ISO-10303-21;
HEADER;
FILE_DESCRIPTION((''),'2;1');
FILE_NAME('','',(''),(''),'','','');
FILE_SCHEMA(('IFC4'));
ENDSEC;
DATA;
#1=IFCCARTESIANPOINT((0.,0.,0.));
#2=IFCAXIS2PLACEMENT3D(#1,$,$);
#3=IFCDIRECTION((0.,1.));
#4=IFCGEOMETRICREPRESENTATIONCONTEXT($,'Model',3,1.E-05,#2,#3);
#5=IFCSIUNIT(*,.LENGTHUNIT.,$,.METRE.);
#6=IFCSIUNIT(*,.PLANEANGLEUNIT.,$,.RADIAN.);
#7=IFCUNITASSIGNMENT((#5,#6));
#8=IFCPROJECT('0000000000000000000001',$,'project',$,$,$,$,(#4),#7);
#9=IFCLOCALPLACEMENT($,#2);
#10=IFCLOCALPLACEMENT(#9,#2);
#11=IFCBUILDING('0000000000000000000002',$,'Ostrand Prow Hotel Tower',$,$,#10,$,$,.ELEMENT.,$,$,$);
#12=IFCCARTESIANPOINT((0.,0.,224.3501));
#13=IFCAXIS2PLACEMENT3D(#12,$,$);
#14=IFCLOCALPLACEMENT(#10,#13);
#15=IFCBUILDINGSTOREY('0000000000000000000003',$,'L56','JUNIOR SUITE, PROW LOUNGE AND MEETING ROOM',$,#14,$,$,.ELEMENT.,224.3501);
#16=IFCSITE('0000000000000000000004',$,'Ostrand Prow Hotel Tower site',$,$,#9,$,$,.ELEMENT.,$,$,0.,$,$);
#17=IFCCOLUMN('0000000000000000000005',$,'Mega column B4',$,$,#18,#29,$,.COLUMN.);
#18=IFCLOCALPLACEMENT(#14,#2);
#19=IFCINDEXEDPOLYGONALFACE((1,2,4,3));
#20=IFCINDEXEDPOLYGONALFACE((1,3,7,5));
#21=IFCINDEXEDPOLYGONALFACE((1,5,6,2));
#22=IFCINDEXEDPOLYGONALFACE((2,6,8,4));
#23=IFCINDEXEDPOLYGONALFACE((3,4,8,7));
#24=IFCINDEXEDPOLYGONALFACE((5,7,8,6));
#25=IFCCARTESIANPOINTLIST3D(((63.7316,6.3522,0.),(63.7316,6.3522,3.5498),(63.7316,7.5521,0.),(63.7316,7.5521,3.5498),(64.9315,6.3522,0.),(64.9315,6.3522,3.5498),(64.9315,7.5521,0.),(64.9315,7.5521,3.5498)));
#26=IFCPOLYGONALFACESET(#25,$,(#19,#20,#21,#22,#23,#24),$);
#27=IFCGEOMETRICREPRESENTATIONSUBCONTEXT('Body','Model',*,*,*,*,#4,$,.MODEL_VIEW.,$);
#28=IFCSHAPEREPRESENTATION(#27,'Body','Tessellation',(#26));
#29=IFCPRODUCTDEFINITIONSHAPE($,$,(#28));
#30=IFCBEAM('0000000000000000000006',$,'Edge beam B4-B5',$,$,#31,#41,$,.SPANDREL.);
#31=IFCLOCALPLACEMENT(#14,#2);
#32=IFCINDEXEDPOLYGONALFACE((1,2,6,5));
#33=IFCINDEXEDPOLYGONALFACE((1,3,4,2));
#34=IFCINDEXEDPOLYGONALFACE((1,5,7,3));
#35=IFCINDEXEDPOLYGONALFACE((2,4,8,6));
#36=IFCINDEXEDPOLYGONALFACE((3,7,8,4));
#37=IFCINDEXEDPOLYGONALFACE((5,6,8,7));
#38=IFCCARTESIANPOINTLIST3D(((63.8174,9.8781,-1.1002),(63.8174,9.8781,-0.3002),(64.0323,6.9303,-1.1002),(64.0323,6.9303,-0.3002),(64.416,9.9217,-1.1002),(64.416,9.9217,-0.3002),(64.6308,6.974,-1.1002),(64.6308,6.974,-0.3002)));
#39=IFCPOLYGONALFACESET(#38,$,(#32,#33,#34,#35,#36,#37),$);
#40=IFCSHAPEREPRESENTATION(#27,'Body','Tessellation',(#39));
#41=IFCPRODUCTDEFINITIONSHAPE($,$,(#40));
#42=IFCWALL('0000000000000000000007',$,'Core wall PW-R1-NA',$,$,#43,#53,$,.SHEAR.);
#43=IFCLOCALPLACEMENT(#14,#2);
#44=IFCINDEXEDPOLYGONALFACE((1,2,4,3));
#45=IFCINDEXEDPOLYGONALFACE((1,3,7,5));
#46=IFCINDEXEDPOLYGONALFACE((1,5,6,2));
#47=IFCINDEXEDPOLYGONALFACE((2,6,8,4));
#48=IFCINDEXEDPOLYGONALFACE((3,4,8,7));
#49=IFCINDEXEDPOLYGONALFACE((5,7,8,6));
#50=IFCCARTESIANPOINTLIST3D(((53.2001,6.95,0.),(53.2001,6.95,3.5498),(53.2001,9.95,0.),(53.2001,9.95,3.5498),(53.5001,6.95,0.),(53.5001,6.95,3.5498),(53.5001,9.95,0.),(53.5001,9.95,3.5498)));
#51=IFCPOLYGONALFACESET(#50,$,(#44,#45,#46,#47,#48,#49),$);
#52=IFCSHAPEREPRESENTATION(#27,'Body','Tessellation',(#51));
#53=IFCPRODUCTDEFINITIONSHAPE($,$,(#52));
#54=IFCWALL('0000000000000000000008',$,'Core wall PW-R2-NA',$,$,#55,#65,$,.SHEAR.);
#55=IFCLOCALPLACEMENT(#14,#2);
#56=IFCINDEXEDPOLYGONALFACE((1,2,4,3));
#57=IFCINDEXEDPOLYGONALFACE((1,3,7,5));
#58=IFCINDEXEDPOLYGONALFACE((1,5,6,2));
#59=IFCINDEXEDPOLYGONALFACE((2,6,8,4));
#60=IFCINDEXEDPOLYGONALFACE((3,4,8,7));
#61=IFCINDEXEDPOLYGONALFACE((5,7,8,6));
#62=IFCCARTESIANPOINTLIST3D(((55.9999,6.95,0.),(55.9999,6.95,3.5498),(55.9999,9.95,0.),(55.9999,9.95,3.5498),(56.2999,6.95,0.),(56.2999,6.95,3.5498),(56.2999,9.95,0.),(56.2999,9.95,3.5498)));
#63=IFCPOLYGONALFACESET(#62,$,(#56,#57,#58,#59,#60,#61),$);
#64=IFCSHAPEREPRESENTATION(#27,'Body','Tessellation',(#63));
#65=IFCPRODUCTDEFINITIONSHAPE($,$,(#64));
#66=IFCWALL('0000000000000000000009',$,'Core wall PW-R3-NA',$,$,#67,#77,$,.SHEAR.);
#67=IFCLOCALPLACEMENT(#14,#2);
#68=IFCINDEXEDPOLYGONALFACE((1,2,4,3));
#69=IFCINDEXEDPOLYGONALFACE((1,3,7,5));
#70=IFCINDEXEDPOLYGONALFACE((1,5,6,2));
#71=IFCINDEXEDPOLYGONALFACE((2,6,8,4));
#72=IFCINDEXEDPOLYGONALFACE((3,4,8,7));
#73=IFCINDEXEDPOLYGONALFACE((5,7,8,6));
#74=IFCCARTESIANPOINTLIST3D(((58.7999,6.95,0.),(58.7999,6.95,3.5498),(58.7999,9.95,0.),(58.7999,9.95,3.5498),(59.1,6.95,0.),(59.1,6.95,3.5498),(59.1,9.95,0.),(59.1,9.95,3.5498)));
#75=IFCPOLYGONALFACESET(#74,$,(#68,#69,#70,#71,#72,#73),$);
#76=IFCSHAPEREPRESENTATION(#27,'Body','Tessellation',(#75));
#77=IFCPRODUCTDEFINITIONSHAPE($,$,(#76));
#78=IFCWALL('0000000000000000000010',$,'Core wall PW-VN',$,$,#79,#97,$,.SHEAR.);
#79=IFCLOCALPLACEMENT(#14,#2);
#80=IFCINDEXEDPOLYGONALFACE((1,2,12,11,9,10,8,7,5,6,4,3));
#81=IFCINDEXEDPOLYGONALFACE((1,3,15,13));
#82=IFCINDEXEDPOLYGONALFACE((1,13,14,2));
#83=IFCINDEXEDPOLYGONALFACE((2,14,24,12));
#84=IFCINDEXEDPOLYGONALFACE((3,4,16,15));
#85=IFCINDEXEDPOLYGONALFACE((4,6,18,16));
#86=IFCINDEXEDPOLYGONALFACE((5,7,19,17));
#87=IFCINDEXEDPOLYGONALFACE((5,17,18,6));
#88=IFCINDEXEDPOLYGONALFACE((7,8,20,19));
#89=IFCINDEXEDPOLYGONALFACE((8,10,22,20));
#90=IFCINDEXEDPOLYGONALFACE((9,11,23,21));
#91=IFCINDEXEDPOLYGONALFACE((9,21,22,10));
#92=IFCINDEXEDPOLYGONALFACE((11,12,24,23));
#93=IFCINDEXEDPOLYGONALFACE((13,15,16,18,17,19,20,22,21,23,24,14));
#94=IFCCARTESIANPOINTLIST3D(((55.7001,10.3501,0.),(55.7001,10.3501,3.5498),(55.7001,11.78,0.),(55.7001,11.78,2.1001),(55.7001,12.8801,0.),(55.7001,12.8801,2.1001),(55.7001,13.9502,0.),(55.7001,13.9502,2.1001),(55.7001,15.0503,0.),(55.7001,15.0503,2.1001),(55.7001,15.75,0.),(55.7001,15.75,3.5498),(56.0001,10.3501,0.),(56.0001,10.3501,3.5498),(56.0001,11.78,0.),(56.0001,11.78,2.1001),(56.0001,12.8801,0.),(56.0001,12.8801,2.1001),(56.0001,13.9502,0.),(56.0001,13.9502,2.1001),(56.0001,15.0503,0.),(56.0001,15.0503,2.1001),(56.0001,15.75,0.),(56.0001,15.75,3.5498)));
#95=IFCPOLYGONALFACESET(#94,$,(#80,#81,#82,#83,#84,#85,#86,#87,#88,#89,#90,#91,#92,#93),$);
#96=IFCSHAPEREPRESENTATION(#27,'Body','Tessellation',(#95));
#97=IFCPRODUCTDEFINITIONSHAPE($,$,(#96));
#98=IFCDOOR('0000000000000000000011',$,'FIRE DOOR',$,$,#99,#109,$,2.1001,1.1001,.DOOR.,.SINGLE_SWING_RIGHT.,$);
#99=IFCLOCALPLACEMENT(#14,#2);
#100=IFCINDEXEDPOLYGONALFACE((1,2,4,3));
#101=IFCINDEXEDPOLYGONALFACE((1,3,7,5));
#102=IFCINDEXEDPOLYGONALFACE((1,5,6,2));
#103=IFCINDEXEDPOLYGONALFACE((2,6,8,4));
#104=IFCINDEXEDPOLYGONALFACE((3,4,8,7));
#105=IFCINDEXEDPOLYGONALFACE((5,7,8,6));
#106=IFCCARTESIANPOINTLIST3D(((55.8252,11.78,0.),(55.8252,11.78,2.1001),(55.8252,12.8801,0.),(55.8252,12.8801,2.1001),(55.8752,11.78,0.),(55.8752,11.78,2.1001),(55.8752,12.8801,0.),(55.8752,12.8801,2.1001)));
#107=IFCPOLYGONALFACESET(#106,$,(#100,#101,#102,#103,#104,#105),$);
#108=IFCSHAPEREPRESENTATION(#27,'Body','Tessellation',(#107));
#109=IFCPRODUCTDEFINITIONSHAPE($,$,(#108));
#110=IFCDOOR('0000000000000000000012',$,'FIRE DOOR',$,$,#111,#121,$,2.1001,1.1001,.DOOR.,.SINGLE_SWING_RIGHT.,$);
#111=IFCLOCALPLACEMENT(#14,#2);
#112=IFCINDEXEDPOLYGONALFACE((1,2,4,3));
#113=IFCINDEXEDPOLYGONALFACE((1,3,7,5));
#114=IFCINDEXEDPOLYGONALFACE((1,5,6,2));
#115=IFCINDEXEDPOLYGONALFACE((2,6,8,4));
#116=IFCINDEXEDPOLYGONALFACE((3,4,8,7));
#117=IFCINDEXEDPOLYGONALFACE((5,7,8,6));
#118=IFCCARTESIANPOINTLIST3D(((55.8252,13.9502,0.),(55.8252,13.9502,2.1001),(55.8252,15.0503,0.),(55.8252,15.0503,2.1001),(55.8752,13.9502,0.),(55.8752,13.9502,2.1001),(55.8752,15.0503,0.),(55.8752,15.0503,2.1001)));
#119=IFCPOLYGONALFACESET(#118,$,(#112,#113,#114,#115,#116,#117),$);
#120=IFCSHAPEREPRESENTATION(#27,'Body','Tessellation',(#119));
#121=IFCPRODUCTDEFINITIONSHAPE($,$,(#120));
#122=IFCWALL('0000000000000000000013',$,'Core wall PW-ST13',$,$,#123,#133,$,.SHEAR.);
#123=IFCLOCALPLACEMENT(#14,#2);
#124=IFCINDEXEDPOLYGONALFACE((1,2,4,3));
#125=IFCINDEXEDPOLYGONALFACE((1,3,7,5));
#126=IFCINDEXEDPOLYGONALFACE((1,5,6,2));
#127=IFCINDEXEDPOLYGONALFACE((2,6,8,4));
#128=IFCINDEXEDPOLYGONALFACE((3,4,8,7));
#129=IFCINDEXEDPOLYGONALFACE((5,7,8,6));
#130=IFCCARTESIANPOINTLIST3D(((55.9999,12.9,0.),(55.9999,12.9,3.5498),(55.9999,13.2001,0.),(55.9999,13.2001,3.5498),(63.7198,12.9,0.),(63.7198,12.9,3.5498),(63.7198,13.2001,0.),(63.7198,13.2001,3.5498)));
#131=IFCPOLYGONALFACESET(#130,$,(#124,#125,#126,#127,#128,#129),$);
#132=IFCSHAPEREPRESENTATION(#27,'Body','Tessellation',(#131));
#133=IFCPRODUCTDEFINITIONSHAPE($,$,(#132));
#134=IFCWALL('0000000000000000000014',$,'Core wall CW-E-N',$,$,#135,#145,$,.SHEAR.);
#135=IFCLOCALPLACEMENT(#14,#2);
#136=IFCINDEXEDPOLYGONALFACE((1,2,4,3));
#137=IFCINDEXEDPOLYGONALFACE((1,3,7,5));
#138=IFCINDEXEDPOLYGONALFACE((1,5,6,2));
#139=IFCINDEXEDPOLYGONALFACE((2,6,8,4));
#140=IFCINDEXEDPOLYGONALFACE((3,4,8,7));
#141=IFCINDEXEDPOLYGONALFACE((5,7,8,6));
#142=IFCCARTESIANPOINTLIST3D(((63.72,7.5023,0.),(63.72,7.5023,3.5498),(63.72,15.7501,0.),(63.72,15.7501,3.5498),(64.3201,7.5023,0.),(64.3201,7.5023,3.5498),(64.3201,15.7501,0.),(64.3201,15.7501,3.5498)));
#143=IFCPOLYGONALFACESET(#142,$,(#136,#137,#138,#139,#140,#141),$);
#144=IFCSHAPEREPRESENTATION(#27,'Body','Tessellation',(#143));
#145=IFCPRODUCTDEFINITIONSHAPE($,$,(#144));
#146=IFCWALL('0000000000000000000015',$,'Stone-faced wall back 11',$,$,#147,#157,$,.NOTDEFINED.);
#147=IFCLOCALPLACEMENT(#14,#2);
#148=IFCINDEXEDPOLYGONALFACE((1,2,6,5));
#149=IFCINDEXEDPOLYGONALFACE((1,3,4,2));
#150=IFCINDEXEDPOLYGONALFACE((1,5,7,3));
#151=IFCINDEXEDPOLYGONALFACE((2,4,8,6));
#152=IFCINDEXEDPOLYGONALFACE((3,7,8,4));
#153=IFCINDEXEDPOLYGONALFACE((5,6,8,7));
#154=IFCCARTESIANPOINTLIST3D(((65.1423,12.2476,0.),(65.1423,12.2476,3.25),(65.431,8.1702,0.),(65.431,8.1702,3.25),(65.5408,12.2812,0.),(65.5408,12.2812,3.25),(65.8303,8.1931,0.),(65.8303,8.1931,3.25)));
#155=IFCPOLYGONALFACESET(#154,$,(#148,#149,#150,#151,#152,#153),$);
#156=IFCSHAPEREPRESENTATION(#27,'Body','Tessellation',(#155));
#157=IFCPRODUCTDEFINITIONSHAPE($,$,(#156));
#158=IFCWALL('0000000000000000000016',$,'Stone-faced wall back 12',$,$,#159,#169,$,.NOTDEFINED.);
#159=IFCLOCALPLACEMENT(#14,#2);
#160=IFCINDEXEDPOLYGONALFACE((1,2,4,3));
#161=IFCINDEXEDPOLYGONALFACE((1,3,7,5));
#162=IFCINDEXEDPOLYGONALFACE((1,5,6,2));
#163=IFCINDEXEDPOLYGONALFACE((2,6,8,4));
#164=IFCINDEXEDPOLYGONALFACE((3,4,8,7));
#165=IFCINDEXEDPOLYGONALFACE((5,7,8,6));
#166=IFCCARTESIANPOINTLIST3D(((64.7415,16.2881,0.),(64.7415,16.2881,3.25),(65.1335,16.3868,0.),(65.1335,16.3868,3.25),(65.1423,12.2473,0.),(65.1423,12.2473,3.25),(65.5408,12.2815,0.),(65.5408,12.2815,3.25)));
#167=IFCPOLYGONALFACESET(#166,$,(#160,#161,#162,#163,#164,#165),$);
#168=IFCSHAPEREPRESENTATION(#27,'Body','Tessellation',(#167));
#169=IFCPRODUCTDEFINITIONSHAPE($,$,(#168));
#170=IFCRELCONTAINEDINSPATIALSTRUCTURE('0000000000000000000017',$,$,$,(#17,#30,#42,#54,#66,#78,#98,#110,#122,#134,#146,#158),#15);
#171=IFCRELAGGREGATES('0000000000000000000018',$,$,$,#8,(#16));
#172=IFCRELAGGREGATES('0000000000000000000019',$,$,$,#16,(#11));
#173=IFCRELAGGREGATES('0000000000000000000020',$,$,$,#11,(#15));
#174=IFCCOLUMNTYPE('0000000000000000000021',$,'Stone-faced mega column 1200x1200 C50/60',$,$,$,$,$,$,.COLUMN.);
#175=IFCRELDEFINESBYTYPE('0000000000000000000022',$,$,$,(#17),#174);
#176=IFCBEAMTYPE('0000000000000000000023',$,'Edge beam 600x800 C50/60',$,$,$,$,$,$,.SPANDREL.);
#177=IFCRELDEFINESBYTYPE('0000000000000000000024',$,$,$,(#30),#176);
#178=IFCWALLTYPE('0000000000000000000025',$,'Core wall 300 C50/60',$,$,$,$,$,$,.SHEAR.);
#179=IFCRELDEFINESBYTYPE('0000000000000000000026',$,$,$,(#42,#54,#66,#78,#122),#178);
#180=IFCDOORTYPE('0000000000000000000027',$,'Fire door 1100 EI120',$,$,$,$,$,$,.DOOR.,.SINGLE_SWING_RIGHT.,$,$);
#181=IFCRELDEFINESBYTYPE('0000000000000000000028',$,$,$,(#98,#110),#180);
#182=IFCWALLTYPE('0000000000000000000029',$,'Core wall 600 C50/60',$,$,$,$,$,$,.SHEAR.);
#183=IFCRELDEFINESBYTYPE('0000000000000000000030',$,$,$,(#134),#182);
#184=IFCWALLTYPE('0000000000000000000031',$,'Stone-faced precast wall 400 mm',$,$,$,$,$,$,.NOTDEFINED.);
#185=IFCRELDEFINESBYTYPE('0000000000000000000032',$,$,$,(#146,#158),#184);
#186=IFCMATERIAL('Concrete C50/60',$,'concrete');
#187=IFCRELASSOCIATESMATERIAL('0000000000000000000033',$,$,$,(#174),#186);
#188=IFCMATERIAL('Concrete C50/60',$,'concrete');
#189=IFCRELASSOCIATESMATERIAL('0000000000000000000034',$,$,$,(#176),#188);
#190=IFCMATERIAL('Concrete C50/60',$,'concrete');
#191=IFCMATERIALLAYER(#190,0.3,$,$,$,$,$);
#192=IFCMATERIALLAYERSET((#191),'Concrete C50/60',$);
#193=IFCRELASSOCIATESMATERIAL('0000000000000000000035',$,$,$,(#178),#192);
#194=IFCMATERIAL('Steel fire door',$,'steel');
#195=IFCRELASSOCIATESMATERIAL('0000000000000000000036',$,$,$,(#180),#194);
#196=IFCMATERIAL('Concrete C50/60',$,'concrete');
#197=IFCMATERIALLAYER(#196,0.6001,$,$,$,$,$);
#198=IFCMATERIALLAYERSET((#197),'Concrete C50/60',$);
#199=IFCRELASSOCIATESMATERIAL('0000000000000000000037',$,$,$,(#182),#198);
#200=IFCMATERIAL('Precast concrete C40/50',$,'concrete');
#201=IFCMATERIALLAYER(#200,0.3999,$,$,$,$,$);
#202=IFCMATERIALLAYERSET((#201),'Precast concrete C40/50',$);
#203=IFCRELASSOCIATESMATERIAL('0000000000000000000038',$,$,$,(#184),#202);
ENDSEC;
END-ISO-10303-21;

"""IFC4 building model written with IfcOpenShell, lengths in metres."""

from ifc_helpers import new_model, si_unit, direction, frame, frame_2d, origin, origin_2d, place, context, subcontext, project, spatial, polyline, rectangle, outline, extrude, material, layer, layer_set, material_profile, profile_set, type_object, element, fill, save


model = new_model("IFC4")

# Units and contexts
model_context = context("Model", 3, precision=1e-05, world=origin(), true_north=direction((0.0, 1.0)))
body_context = subcontext(model_context, "Body", "Model", "MODEL_VIEW")
ifc_project = project(units=[si_unit("LENGTHUNIT", "METRE"), si_unit("PLANEANGLEUNIT", "RADIAN")], contexts=[model_context])

# Site, building, storey
site_placement = place(None, origin())
site = spatial("IfcSite", under=ifc_project, at=site_placement, Name="Ostrand Prow Hotel Tower site", CompositionType="ELEMENT", RefElevation=0.0)
building_placement = place(site_placement, origin())
building = spatial("IfcBuilding", under=site, at=building_placement, Name="Ostrand Prow Hotel Tower", CompositionType="ELEMENT")
storey_placement = place(building_placement, frame((0.0, 0.0, 224.3501)))
storey = spatial("IfcBuildingStorey", under=building, at=storey_placement, Name="L56", Description="JUNIOR SUITE, PROW LOUNGE AND MEETING ROOM", CompositionType="ELEMENT", Elevation=224.3501)

# Column
ifc_material_1 = material(Name="Concrete C50/60", Category="concrete")
ifc_material_profile_1 = material_profile(ifc_material_1, rectangle(XDim=1.2, YDim=1.2, at=origin_2d()), Name="RC 1200x1200")
ifc_profile_set_1 = profile_set([ifc_material_profile_1], Name="Concrete C50/60")
column_type = type_object("IfcColumnType", Name="Stone-faced mega column 1200x1200 C50/60", PredefinedType="COLUMN", material=ifc_profile_set_1)
column_placement = place(storey_placement, frame((64.3315, 6.9521, 0.0), z_axis=(0.0, 0.0, 1.0), x_axis=(1.0, 0.0, 0.0)))
element("IfcColumn", 1, at=column_placement, inside=storey, type_object=column_type, Name="Mega column B4", PredefinedType="COLUMN", context=body_context, shape_type="SweptSolid", body=[
    extrude(rectangle(XDim=1.2, YDim=1.2, at=origin_2d()), origin(), (0.0, 0.0, 1.0), 3.5498),
])

# Beam
ifc_material_2 = material(Name="Concrete C50/60", Category="concrete")
ifc_material_profile_2 = material_profile(ifc_material_2, rectangle(XDim=0.6001, YDim=0.8, at=origin_2d()), Name="RC 600x800")
ifc_profile_set_2 = profile_set([ifc_material_profile_2], Name="Concrete C50/60")
beam_type = type_object("IfcBeamType", Name="Edge beam 600x800 C50/60", PredefinedType="SPANDREL", material=ifc_profile_set_2)
beam_placement = place(storey_placement, frame((64.3315, 6.9521, -0.7002), z_axis=(-0.072691, 0.997355, 0.0), x_axis=(-0.997355, -0.072691, 0.0)))
element("IfcBeam", 2, at=beam_placement, inside=storey, type_object=beam_type, Name="Edge beam B4-B5", PredefinedType="SPANDREL", context=body_context, shape_type="SweptSolid", body=[
    extrude(rectangle(XDim=0.6001, YDim=0.8, at=origin_2d()), origin(), (0.0, 0.0, 1.0), 2.9556),
])

# Walls
ifc_material_3 = material(Name="Concrete C50/60", Category="concrete")
ifc_layer_1 = layer(ifc_material_3, 0.3)
ifc_layer_set_1 = layer_set([ifc_layer_1], Name="Concrete C50/60")
wall_type_1 = type_object("IfcWallType", Name="Core wall 300 C50/60", PredefinedType="SHEAR", material=ifc_layer_set_1)
for number, where, z_axis, x_axis, name in (
    (3, (53.3501, 6.95, 0.0), (0.0, 0.0, 1.0), (0.0, 1.0, 0.0), "Core wall PW-R1-NA"),
    (4, (56.1499, 6.95, 0.0), (0.0, 0.0, 1.0), (0.0, 1.0, 0.0), "Core wall PW-R2-NA"),
    (5, (58.95, 6.95, 0.0), (0.0, 0.0, 1.0), (0.0, 1.0, 0.0), "Core wall PW-R3-NA"),
):
    element("IfcWall", number, at=place(storey_placement, frame(where, z_axis=z_axis, x_axis=x_axis)), inside=storey, type_object=wall_type_1, Name=name, PredefinedType="SHEAR", context=body_context, shape_type="SweptSolid", body=[
        extrude(rectangle(XDim=3.0, YDim=0.3, at=frame_2d((1.5, 0.0))), origin(), (0.0, 0.0, 1.0), 3.5498),
    ])

# Wall, openings, doors
wall_1_placement = place(storey_placement, frame((55.8501, 10.3501, 0.0), z_axis=(0.0, 0.0, 1.0), x_axis=(0.0, 1.0, 0.0)))
wall_1 = element("IfcWall", 6, at=wall_1_placement, inside=storey, type_object=wall_type_1, Name="Core wall PW-VN", PredefinedType="SHEAR", context=body_context, shape_type="SweptSolid", body=[
    extrude(rectangle(XDim=5.3999, YDim=0.3, at=frame_2d((2.7, 0.0))), origin(), (0.0, 0.0, 1.0), 3.5498),
])
opening_1_placement = place(wall_1_placement, frame((1.4299, 0.0, 0.0)))
opening_1 = element("IfcOpeningElement", 7, at=opening_1_placement, cuts=wall_1, PredefinedType="OPENING", context=body_context, shape_type="SweptSolid", body=[
    extrude(rectangle(XDim=1.1001, YDim=2.1001, at=frame_2d((0.55, 1.05))), frame((0.0, 0.1599, 0.0), z_axis=(0.0, -1.0, 0.0), x_axis=(1.0, 0.0, 0.0)), (0.0, 0.0, 1.0), 0.3201),
])
opening_2_placement = place(wall_1_placement, frame((3.6001, 0.0, 0.0)))
opening_2 = element("IfcOpeningElement", 8, at=opening_2_placement, cuts=wall_1, PredefinedType="OPENING", context=body_context, shape_type="SweptSolid", body=[
    extrude(rectangle(XDim=1.1001, YDim=2.1001, at=frame_2d((0.55, 1.05))), frame((0.0, 0.1599, 0.0), z_axis=(0.0, -1.0, 0.0), x_axis=(1.0, 0.0, 0.0)), (0.0, 0.0, 1.0), 0.3201),
])
ifc_material_4 = material(Name="Steel fire door", Category="steel")
door_type = type_object("IfcDoorType", Name="Fire door 1100 EI120", OperationType="SINGLE_SWING_RIGHT", PredefinedType="DOOR", material=ifc_material_4)
door_1_placement = place(opening_1_placement, origin())
door_1 = element("IfcDoor", 9, at=door_1_placement, inside=storey, type_object=door_type, Name="FIRE DOOR", OperationType="SINGLE_SWING_RIGHT", OverallHeight=2.1001, OverallWidth=1.1001, PredefinedType="DOOR", context=body_context, shape_type="SweptSolid", body=[
    extrude(rectangle(XDim=1.1001, YDim=2.1001, at=frame_2d((0.55, 1.05))), frame((0.0, 0.0249, 0.0), z_axis=(0.0, -1.0, 0.0), x_axis=(1.0, 0.0, 0.0)), (0.0, 0.0, 1.0), 0.05),
])
fill(opening_1, door_1)
door_2_placement = place(opening_2_placement, origin())
door_2 = element("IfcDoor", 10, at=door_2_placement, inside=storey, type_object=door_type, Name="FIRE DOOR", OperationType="SINGLE_SWING_RIGHT", OverallHeight=2.1001, OverallWidth=1.1001, PredefinedType="DOOR", context=body_context, shape_type="SweptSolid", body=[
    extrude(rectangle(XDim=1.1001, YDim=2.1001, at=frame_2d((0.55, 1.05))), frame((0.0, 0.0249, 0.0), z_axis=(0.0, -1.0, 0.0), x_axis=(1.0, 0.0, 0.0)), (0.0, 0.0, 1.0), 0.05),
])
fill(opening_2, door_2)

# Walls
wall_2_placement = place(storey_placement, frame((56.0, 13.05, 0.0), z_axis=(0.0, 0.0, 1.0), x_axis=(1.0, 0.0, 0.0)))
element("IfcWall", 11, at=wall_2_placement, inside=storey, type_object=wall_type_1, Name="Core wall PW-ST13", PredefinedType="SHEAR", context=body_context, shape_type="SweptSolid", body=[
    extrude(rectangle(XDim=7.72, YDim=0.3, at=frame_2d((3.8599, 0.0))), origin(), (0.0, 0.0, 1.0), 3.5498),
])
ifc_material_5 = material(Name="Concrete C50/60", Category="concrete")
ifc_layer_2 = layer(ifc_material_5, 0.6001)
ifc_layer_set_2 = layer_set([ifc_layer_2], Name="Concrete C50/60")
wall_type_2 = type_object("IfcWallType", Name="Core wall 600 C50/60", PredefinedType="SHEAR", material=ifc_layer_set_2)
wall_3_placement = place(storey_placement, frame((64.02, 7.5022, 0.0), z_axis=(0.0, 0.0, 1.0), x_axis=(0.0, 1.0, 0.0)))
element("IfcWall", 12, at=wall_3_placement, inside=storey, type_object=wall_type_2, Name="Core wall CW-E-N", PredefinedType="SHEAR", context=body_context, shape_type="SweptSolid", body=[
    extrude(rectangle(XDim=8.2478, YDim=0.6001, at=frame_2d((4.124, 0.0))), origin(), (0.0, 0.0, 1.0), 3.5498),
])
ifc_material_6 = material(Name="Precast concrete C40/50", Category="concrete")
ifc_layer_3 = layer(ifc_material_6, 0.3999)
ifc_layer_set_3 = layer_set([ifc_layer_3], Name="Precast concrete C40/50")
wall_type_3 = type_object("IfcWallType", Name="Stone-faced precast wall 400 mm", PredefinedType="NOTDEFINED", material=ifc_layer_set_3)
wall_4_placement = place(storey_placement, frame((65.6306, 8.1816, 0.0), z_axis=(0.0, 0.0, 1.0), x_axis=(-0.070624, 0.997503, 0.0)))
element("IfcWall", 13, at=wall_4_placement, inside=storey, type_object=wall_type_3, Name="Stone-faced wall back 11", PredefinedType="NOTDEFINED", context=body_context, shape_type="SweptSolid", body=[
    extrude(outline(polyline([(-0.0027, -0.2), (4.0957, -0.2), (4.0903, 0.2), (0.0027, 0.2), (-0.0027, -0.2)])), origin(), (0.0, 0.0, 1.0), 3.25),
])
wall_5_placement = place(storey_placement, frame((65.3416, 12.2644, 0.0), z_axis=(0.0, 0.0, 1.0), x_axis=(-0.098718, 0.995115, 0.0)))
element("IfcWall", 14, at=wall_5_placement, inside=storey, type_object=wall_type_3, Name="Stone-faced wall back 12", PredefinedType="NOTDEFINED", context=body_context, shape_type="SweptSolid", body=[
    extrude(outline(polyline([(-0.0027, -0.2), (4.1228, -0.2), (4.0632, 0.2), (0.0027, 0.2), (-0.0027, -0.2)])), origin(), (0.0, 0.0, 1.0), 3.25),
])

save(model, "model.ifc")
